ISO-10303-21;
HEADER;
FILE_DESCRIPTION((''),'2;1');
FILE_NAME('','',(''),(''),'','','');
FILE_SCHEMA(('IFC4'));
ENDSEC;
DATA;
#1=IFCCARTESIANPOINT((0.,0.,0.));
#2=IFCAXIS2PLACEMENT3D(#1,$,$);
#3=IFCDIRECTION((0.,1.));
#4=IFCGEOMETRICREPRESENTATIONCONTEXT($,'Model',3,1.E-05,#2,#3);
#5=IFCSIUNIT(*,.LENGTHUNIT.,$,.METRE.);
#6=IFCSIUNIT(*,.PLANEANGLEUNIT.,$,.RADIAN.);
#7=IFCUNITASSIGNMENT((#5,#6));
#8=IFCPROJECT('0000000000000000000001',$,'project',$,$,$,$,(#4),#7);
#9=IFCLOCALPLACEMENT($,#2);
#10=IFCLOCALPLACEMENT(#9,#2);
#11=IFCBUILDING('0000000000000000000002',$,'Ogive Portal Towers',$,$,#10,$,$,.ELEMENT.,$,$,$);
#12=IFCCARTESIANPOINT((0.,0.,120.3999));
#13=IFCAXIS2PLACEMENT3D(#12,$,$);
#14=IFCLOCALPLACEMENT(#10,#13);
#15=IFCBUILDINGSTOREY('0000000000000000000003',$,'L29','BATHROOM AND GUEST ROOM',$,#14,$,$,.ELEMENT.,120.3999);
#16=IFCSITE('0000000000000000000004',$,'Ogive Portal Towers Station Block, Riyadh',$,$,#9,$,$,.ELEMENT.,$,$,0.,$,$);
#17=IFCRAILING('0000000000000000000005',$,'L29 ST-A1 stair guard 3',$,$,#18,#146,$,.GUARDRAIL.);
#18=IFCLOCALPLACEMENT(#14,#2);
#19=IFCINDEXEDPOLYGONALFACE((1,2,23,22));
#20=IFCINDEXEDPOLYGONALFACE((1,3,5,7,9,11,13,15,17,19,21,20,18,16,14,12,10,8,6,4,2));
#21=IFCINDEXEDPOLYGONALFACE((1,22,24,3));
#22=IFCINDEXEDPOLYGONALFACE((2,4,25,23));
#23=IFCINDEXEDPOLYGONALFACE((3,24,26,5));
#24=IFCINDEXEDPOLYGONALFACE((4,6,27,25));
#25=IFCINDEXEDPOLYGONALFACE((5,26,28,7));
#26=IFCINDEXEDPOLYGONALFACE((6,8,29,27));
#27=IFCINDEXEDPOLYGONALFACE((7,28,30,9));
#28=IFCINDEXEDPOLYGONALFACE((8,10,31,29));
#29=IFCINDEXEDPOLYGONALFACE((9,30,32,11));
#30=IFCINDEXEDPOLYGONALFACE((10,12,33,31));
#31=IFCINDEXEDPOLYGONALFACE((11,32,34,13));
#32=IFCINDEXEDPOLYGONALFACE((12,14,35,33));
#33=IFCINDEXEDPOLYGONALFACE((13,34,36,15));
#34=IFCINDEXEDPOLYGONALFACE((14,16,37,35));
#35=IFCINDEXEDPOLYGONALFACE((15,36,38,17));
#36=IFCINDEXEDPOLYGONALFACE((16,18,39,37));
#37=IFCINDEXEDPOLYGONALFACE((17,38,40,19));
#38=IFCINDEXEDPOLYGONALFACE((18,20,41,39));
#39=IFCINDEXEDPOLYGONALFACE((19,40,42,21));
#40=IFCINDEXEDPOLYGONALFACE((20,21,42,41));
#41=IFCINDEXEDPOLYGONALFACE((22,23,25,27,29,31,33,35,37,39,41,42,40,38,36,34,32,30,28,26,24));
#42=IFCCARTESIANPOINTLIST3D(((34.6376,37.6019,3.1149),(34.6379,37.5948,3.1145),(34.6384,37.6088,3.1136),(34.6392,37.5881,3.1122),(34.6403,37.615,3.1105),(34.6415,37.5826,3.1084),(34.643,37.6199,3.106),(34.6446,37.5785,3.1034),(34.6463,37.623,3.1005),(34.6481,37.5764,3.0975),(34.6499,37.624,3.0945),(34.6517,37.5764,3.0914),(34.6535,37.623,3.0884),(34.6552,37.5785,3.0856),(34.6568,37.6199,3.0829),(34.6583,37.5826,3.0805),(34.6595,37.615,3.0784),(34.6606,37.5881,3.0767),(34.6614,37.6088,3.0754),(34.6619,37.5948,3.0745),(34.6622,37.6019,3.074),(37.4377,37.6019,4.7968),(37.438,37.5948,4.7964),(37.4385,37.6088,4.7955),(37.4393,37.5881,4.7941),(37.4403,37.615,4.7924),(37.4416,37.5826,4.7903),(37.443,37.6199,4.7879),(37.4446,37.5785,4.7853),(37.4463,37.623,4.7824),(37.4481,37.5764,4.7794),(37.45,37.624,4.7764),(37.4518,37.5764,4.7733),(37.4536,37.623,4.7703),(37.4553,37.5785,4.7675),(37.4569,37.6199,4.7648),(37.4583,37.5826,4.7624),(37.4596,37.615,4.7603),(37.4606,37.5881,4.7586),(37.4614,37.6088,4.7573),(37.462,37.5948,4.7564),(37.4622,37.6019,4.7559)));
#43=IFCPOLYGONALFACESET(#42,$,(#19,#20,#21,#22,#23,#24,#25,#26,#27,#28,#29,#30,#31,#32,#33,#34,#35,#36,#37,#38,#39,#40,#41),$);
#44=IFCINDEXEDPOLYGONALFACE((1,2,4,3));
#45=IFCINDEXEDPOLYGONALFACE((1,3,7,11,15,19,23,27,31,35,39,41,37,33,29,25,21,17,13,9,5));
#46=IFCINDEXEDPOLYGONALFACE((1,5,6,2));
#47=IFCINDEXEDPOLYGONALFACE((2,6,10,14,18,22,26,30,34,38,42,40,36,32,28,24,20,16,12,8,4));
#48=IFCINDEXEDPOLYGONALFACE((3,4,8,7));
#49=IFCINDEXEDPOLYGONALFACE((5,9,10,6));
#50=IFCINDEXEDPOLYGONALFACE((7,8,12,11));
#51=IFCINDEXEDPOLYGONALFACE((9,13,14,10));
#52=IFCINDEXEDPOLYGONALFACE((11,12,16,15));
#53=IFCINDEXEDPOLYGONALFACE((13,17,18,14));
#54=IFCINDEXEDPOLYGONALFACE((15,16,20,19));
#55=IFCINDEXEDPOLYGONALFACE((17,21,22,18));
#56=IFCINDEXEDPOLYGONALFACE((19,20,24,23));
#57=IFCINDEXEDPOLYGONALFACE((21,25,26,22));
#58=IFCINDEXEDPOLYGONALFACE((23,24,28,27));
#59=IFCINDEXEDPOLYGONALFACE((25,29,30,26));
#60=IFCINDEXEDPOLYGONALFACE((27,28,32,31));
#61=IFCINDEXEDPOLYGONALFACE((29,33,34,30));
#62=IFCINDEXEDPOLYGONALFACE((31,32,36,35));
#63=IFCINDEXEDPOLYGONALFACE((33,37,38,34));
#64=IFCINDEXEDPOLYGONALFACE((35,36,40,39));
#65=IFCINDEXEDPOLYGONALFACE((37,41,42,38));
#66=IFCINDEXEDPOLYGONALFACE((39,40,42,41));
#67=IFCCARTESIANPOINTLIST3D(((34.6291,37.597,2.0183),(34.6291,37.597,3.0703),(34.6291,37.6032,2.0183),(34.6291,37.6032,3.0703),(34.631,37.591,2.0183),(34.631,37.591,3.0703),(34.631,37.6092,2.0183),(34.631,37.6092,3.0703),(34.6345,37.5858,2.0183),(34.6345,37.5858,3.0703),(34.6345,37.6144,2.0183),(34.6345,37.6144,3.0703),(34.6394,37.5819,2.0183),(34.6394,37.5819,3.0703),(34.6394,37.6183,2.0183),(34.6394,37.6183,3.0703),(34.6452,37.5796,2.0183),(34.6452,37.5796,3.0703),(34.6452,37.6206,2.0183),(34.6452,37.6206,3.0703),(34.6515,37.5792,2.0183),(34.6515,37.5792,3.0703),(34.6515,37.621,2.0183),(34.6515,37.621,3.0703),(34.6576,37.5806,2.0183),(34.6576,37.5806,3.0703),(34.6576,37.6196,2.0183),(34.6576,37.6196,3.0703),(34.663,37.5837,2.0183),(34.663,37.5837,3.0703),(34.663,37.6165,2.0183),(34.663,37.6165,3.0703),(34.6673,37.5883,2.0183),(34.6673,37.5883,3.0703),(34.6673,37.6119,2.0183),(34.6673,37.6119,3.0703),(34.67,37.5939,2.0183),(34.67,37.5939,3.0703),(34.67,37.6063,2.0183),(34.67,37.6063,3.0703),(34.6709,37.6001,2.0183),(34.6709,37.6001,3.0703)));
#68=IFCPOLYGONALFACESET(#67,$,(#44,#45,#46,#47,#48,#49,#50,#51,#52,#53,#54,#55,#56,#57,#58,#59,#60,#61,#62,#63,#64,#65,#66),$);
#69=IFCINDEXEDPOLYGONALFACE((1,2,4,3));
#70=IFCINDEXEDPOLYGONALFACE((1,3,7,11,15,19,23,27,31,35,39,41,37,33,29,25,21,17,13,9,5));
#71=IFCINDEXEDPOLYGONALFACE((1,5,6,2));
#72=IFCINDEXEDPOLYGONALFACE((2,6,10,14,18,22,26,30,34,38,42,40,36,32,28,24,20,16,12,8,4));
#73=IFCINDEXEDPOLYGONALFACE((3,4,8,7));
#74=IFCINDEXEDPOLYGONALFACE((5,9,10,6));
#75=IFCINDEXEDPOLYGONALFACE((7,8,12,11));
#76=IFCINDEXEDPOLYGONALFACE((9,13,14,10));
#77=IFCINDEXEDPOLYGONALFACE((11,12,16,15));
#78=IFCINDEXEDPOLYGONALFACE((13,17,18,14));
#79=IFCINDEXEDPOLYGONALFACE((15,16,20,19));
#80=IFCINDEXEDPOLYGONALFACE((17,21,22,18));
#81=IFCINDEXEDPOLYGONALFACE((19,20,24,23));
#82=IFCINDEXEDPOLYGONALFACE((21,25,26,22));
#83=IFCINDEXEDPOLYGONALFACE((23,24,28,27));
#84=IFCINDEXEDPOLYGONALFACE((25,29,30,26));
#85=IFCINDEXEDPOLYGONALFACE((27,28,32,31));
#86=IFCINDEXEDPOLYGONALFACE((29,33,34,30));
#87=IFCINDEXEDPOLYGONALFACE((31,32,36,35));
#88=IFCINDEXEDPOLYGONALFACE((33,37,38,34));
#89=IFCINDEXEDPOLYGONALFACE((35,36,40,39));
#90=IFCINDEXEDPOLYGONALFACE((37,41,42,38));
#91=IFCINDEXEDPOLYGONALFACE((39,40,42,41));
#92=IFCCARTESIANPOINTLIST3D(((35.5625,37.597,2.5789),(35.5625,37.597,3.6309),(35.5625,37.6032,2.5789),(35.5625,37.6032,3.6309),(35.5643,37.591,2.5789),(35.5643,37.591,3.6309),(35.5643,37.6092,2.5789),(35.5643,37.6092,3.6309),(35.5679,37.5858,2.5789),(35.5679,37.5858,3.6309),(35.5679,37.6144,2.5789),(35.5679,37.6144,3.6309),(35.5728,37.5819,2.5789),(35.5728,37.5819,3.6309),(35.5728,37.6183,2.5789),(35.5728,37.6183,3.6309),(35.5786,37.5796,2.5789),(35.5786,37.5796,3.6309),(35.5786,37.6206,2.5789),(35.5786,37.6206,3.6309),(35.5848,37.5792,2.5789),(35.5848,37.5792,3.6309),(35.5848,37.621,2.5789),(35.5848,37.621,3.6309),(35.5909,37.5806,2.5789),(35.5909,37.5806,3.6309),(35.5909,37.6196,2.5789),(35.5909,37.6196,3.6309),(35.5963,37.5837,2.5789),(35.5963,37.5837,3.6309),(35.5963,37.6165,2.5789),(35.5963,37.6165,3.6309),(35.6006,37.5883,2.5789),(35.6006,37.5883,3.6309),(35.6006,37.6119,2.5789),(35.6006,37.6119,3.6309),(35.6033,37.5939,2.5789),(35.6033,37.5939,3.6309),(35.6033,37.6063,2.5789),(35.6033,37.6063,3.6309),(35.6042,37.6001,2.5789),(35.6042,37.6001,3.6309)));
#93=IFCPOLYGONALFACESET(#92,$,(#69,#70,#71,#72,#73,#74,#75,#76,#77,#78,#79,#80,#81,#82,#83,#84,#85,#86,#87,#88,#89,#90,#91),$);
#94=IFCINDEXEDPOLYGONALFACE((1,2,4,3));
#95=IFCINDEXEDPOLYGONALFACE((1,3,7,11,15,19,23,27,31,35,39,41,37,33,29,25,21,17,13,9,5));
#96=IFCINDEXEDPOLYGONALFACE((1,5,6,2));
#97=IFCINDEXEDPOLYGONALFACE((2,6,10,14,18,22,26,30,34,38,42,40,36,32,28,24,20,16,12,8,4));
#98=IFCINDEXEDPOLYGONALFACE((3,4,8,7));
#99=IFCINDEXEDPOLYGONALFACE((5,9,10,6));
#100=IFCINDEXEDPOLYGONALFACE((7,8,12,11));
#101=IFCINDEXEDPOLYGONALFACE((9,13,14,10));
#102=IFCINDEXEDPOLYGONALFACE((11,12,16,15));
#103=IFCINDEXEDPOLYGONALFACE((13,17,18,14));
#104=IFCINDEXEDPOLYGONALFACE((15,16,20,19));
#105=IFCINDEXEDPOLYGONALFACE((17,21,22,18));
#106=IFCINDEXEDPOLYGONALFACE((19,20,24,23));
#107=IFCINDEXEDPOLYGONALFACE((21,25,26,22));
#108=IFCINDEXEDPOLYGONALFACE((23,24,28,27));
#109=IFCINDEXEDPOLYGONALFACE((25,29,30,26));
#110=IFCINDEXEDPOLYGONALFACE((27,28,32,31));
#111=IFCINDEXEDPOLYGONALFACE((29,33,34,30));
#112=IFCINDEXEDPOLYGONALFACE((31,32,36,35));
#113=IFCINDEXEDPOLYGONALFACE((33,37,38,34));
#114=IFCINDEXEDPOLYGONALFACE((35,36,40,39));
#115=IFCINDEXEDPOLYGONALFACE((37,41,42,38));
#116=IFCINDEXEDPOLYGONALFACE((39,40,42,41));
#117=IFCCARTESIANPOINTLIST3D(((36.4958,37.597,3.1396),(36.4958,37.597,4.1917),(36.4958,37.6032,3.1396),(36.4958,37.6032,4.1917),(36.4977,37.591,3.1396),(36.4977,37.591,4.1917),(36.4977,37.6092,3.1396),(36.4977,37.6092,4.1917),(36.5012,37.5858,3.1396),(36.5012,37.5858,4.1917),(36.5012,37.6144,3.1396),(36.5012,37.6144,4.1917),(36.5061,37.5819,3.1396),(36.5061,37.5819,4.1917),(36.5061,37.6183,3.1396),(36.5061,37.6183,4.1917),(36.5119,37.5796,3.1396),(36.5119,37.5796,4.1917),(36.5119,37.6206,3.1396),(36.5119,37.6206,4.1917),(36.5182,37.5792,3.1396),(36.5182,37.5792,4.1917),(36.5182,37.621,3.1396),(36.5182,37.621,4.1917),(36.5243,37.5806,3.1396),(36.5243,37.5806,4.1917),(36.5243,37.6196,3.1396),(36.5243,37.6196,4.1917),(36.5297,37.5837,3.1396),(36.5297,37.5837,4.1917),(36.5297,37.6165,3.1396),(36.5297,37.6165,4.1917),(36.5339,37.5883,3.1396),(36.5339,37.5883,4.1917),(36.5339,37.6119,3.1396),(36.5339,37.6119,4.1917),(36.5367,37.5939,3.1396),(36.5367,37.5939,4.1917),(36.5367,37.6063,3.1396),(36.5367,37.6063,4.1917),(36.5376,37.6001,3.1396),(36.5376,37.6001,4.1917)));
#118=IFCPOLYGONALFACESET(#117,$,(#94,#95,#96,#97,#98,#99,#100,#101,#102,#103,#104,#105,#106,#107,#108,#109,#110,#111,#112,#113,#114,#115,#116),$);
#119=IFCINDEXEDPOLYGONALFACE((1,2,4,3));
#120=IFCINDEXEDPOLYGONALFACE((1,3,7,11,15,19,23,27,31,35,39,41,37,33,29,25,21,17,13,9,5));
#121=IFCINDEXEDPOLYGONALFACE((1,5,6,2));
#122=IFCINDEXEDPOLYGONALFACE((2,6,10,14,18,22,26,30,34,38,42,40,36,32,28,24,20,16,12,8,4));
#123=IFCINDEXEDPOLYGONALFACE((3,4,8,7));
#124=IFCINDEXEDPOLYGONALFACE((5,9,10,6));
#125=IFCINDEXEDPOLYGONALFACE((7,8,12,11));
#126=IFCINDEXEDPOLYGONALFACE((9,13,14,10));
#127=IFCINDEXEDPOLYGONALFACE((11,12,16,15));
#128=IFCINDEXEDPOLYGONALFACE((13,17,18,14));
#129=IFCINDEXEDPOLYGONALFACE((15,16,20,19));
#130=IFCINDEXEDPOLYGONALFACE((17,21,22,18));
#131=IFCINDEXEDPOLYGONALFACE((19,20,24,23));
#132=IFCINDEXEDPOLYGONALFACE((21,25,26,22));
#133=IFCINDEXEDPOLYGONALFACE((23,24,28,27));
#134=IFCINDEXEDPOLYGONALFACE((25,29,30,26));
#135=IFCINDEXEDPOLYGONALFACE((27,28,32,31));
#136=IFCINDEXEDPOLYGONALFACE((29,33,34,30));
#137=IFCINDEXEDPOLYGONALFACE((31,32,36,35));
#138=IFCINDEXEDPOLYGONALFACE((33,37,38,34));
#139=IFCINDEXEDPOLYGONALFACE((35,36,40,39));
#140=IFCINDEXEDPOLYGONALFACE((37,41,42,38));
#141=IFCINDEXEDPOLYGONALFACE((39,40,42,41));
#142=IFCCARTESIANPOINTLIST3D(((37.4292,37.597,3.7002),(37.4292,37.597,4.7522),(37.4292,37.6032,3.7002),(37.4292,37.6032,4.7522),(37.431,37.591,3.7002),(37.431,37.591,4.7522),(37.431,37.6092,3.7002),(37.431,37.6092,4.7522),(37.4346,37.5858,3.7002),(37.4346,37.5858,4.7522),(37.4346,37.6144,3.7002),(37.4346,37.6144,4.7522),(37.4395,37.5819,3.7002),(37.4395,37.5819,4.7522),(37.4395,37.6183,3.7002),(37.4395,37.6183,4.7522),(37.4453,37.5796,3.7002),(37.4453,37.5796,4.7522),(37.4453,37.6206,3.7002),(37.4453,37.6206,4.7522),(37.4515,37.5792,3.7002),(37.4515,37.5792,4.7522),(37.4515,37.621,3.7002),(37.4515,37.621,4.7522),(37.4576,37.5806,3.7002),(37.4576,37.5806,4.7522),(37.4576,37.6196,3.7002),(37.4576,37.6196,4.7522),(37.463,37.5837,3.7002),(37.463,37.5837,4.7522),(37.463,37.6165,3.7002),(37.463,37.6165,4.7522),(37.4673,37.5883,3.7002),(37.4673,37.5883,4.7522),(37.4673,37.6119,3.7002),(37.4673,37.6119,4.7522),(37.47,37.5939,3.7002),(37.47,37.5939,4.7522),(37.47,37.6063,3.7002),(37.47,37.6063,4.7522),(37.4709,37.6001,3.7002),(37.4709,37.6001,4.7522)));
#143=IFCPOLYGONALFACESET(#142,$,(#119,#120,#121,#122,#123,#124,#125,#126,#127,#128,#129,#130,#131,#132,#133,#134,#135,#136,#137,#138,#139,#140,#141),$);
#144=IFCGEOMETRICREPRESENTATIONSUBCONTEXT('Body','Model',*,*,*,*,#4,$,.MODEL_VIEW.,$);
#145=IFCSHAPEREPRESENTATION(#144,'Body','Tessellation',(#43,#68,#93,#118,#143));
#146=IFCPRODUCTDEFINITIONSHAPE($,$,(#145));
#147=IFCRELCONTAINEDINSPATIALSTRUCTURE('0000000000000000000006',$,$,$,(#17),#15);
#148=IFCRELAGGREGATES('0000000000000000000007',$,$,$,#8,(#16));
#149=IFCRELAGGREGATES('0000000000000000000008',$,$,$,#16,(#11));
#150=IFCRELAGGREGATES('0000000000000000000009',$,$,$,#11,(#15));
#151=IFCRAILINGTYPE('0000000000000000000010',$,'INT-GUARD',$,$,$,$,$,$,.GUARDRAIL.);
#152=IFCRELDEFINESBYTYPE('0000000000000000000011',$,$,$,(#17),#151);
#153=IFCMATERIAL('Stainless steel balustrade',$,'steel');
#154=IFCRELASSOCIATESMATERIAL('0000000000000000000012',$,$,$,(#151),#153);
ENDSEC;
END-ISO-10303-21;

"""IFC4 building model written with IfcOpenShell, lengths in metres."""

from ifc_helpers import new_model, si_unit, direction, frame, origin, origin_2d, place, context, subcontext, project, spatial, circle, extrude, material, type_object, element, save


model = new_model("IFC4")

# Units and contexts
model_context = context("Model", 3, precision=1e-05, world=origin(), true_north=direction((0.0, 1.0)))
body_context = subcontext(model_context, "Body", "Model", "MODEL_VIEW")
ifc_project = project(units=[si_unit("LENGTHUNIT", "METRE"), si_unit("PLANEANGLEUNIT", "RADIAN")], contexts=[model_context])

# Site, building, storey
site_placement = place(None, origin())
site = spatial("IfcSite", under=ifc_project, at=site_placement, Name="Ogive Portal Towers Station Block, Riyadh", CompositionType="ELEMENT", RefElevation=0.0)
building_placement = place(site_placement, origin())
building = spatial("IfcBuilding", under=site, at=building_placement, Name="Ogive Portal Towers", CompositionType="ELEMENT")
storey_placement = place(building_placement, frame((0.0, 0.0, 120.3999)))
storey = spatial("IfcBuildingStorey", under=building, at=storey_placement, Name="L29", Description="BATHROOM AND GUEST ROOM", CompositionType="ELEMENT", Elevation=120.3999)

# Railing
ifc_material_1 = material(Name="Stainless steel balustrade", Category="steel")
railing_type_1 = type_object("IfcRailingType", Name="INT-GUARD", PredefinedType="GUARDRAIL", material=ifc_material_1)
railing_1_placement = place(storey_placement, frame((34.6499, 37.6001, 2.0183)))
element("IfcRailing", 1, at=railing_1_placement, inside=storey, type_object=railing_type_1, Name="L29 ST-A1 stair guard 3", PredefinedType="GUARDRAIL", context=body_context, shape_type="SweptSolid", body=[
    extrude(circle(Radius=0.0239, at=origin_2d()), frame((0.0, 0.0, 1.0762), z_axis=(0.857242, 0.0, 0.514913), x_axis=(0.0, 1.0, 0.0)), (0.0, 0.0, 1.0), 3.2664),
    extrude(circle(Radius=0.021, at=origin_2d()), origin(), (0.0, 0.0, 1.0), 1.052),
    extrude(circle(Radius=0.021, at=origin_2d()), frame((0.9333, 0.0, 0.5605)), (0.0, 0.0, 1.0), 1.052),
    extrude(circle(Radius=0.021, at=origin_2d()), frame((1.8667, 0.0, 1.1213)), (0.0, 0.0, 1.0), 1.052),
    extrude(circle(Radius=0.021, at=origin_2d()), frame((2.8, 0.0, 1.6819)), (0.0, 0.0, 1.0), 1.052),
])

save(model, "model.ifc")
